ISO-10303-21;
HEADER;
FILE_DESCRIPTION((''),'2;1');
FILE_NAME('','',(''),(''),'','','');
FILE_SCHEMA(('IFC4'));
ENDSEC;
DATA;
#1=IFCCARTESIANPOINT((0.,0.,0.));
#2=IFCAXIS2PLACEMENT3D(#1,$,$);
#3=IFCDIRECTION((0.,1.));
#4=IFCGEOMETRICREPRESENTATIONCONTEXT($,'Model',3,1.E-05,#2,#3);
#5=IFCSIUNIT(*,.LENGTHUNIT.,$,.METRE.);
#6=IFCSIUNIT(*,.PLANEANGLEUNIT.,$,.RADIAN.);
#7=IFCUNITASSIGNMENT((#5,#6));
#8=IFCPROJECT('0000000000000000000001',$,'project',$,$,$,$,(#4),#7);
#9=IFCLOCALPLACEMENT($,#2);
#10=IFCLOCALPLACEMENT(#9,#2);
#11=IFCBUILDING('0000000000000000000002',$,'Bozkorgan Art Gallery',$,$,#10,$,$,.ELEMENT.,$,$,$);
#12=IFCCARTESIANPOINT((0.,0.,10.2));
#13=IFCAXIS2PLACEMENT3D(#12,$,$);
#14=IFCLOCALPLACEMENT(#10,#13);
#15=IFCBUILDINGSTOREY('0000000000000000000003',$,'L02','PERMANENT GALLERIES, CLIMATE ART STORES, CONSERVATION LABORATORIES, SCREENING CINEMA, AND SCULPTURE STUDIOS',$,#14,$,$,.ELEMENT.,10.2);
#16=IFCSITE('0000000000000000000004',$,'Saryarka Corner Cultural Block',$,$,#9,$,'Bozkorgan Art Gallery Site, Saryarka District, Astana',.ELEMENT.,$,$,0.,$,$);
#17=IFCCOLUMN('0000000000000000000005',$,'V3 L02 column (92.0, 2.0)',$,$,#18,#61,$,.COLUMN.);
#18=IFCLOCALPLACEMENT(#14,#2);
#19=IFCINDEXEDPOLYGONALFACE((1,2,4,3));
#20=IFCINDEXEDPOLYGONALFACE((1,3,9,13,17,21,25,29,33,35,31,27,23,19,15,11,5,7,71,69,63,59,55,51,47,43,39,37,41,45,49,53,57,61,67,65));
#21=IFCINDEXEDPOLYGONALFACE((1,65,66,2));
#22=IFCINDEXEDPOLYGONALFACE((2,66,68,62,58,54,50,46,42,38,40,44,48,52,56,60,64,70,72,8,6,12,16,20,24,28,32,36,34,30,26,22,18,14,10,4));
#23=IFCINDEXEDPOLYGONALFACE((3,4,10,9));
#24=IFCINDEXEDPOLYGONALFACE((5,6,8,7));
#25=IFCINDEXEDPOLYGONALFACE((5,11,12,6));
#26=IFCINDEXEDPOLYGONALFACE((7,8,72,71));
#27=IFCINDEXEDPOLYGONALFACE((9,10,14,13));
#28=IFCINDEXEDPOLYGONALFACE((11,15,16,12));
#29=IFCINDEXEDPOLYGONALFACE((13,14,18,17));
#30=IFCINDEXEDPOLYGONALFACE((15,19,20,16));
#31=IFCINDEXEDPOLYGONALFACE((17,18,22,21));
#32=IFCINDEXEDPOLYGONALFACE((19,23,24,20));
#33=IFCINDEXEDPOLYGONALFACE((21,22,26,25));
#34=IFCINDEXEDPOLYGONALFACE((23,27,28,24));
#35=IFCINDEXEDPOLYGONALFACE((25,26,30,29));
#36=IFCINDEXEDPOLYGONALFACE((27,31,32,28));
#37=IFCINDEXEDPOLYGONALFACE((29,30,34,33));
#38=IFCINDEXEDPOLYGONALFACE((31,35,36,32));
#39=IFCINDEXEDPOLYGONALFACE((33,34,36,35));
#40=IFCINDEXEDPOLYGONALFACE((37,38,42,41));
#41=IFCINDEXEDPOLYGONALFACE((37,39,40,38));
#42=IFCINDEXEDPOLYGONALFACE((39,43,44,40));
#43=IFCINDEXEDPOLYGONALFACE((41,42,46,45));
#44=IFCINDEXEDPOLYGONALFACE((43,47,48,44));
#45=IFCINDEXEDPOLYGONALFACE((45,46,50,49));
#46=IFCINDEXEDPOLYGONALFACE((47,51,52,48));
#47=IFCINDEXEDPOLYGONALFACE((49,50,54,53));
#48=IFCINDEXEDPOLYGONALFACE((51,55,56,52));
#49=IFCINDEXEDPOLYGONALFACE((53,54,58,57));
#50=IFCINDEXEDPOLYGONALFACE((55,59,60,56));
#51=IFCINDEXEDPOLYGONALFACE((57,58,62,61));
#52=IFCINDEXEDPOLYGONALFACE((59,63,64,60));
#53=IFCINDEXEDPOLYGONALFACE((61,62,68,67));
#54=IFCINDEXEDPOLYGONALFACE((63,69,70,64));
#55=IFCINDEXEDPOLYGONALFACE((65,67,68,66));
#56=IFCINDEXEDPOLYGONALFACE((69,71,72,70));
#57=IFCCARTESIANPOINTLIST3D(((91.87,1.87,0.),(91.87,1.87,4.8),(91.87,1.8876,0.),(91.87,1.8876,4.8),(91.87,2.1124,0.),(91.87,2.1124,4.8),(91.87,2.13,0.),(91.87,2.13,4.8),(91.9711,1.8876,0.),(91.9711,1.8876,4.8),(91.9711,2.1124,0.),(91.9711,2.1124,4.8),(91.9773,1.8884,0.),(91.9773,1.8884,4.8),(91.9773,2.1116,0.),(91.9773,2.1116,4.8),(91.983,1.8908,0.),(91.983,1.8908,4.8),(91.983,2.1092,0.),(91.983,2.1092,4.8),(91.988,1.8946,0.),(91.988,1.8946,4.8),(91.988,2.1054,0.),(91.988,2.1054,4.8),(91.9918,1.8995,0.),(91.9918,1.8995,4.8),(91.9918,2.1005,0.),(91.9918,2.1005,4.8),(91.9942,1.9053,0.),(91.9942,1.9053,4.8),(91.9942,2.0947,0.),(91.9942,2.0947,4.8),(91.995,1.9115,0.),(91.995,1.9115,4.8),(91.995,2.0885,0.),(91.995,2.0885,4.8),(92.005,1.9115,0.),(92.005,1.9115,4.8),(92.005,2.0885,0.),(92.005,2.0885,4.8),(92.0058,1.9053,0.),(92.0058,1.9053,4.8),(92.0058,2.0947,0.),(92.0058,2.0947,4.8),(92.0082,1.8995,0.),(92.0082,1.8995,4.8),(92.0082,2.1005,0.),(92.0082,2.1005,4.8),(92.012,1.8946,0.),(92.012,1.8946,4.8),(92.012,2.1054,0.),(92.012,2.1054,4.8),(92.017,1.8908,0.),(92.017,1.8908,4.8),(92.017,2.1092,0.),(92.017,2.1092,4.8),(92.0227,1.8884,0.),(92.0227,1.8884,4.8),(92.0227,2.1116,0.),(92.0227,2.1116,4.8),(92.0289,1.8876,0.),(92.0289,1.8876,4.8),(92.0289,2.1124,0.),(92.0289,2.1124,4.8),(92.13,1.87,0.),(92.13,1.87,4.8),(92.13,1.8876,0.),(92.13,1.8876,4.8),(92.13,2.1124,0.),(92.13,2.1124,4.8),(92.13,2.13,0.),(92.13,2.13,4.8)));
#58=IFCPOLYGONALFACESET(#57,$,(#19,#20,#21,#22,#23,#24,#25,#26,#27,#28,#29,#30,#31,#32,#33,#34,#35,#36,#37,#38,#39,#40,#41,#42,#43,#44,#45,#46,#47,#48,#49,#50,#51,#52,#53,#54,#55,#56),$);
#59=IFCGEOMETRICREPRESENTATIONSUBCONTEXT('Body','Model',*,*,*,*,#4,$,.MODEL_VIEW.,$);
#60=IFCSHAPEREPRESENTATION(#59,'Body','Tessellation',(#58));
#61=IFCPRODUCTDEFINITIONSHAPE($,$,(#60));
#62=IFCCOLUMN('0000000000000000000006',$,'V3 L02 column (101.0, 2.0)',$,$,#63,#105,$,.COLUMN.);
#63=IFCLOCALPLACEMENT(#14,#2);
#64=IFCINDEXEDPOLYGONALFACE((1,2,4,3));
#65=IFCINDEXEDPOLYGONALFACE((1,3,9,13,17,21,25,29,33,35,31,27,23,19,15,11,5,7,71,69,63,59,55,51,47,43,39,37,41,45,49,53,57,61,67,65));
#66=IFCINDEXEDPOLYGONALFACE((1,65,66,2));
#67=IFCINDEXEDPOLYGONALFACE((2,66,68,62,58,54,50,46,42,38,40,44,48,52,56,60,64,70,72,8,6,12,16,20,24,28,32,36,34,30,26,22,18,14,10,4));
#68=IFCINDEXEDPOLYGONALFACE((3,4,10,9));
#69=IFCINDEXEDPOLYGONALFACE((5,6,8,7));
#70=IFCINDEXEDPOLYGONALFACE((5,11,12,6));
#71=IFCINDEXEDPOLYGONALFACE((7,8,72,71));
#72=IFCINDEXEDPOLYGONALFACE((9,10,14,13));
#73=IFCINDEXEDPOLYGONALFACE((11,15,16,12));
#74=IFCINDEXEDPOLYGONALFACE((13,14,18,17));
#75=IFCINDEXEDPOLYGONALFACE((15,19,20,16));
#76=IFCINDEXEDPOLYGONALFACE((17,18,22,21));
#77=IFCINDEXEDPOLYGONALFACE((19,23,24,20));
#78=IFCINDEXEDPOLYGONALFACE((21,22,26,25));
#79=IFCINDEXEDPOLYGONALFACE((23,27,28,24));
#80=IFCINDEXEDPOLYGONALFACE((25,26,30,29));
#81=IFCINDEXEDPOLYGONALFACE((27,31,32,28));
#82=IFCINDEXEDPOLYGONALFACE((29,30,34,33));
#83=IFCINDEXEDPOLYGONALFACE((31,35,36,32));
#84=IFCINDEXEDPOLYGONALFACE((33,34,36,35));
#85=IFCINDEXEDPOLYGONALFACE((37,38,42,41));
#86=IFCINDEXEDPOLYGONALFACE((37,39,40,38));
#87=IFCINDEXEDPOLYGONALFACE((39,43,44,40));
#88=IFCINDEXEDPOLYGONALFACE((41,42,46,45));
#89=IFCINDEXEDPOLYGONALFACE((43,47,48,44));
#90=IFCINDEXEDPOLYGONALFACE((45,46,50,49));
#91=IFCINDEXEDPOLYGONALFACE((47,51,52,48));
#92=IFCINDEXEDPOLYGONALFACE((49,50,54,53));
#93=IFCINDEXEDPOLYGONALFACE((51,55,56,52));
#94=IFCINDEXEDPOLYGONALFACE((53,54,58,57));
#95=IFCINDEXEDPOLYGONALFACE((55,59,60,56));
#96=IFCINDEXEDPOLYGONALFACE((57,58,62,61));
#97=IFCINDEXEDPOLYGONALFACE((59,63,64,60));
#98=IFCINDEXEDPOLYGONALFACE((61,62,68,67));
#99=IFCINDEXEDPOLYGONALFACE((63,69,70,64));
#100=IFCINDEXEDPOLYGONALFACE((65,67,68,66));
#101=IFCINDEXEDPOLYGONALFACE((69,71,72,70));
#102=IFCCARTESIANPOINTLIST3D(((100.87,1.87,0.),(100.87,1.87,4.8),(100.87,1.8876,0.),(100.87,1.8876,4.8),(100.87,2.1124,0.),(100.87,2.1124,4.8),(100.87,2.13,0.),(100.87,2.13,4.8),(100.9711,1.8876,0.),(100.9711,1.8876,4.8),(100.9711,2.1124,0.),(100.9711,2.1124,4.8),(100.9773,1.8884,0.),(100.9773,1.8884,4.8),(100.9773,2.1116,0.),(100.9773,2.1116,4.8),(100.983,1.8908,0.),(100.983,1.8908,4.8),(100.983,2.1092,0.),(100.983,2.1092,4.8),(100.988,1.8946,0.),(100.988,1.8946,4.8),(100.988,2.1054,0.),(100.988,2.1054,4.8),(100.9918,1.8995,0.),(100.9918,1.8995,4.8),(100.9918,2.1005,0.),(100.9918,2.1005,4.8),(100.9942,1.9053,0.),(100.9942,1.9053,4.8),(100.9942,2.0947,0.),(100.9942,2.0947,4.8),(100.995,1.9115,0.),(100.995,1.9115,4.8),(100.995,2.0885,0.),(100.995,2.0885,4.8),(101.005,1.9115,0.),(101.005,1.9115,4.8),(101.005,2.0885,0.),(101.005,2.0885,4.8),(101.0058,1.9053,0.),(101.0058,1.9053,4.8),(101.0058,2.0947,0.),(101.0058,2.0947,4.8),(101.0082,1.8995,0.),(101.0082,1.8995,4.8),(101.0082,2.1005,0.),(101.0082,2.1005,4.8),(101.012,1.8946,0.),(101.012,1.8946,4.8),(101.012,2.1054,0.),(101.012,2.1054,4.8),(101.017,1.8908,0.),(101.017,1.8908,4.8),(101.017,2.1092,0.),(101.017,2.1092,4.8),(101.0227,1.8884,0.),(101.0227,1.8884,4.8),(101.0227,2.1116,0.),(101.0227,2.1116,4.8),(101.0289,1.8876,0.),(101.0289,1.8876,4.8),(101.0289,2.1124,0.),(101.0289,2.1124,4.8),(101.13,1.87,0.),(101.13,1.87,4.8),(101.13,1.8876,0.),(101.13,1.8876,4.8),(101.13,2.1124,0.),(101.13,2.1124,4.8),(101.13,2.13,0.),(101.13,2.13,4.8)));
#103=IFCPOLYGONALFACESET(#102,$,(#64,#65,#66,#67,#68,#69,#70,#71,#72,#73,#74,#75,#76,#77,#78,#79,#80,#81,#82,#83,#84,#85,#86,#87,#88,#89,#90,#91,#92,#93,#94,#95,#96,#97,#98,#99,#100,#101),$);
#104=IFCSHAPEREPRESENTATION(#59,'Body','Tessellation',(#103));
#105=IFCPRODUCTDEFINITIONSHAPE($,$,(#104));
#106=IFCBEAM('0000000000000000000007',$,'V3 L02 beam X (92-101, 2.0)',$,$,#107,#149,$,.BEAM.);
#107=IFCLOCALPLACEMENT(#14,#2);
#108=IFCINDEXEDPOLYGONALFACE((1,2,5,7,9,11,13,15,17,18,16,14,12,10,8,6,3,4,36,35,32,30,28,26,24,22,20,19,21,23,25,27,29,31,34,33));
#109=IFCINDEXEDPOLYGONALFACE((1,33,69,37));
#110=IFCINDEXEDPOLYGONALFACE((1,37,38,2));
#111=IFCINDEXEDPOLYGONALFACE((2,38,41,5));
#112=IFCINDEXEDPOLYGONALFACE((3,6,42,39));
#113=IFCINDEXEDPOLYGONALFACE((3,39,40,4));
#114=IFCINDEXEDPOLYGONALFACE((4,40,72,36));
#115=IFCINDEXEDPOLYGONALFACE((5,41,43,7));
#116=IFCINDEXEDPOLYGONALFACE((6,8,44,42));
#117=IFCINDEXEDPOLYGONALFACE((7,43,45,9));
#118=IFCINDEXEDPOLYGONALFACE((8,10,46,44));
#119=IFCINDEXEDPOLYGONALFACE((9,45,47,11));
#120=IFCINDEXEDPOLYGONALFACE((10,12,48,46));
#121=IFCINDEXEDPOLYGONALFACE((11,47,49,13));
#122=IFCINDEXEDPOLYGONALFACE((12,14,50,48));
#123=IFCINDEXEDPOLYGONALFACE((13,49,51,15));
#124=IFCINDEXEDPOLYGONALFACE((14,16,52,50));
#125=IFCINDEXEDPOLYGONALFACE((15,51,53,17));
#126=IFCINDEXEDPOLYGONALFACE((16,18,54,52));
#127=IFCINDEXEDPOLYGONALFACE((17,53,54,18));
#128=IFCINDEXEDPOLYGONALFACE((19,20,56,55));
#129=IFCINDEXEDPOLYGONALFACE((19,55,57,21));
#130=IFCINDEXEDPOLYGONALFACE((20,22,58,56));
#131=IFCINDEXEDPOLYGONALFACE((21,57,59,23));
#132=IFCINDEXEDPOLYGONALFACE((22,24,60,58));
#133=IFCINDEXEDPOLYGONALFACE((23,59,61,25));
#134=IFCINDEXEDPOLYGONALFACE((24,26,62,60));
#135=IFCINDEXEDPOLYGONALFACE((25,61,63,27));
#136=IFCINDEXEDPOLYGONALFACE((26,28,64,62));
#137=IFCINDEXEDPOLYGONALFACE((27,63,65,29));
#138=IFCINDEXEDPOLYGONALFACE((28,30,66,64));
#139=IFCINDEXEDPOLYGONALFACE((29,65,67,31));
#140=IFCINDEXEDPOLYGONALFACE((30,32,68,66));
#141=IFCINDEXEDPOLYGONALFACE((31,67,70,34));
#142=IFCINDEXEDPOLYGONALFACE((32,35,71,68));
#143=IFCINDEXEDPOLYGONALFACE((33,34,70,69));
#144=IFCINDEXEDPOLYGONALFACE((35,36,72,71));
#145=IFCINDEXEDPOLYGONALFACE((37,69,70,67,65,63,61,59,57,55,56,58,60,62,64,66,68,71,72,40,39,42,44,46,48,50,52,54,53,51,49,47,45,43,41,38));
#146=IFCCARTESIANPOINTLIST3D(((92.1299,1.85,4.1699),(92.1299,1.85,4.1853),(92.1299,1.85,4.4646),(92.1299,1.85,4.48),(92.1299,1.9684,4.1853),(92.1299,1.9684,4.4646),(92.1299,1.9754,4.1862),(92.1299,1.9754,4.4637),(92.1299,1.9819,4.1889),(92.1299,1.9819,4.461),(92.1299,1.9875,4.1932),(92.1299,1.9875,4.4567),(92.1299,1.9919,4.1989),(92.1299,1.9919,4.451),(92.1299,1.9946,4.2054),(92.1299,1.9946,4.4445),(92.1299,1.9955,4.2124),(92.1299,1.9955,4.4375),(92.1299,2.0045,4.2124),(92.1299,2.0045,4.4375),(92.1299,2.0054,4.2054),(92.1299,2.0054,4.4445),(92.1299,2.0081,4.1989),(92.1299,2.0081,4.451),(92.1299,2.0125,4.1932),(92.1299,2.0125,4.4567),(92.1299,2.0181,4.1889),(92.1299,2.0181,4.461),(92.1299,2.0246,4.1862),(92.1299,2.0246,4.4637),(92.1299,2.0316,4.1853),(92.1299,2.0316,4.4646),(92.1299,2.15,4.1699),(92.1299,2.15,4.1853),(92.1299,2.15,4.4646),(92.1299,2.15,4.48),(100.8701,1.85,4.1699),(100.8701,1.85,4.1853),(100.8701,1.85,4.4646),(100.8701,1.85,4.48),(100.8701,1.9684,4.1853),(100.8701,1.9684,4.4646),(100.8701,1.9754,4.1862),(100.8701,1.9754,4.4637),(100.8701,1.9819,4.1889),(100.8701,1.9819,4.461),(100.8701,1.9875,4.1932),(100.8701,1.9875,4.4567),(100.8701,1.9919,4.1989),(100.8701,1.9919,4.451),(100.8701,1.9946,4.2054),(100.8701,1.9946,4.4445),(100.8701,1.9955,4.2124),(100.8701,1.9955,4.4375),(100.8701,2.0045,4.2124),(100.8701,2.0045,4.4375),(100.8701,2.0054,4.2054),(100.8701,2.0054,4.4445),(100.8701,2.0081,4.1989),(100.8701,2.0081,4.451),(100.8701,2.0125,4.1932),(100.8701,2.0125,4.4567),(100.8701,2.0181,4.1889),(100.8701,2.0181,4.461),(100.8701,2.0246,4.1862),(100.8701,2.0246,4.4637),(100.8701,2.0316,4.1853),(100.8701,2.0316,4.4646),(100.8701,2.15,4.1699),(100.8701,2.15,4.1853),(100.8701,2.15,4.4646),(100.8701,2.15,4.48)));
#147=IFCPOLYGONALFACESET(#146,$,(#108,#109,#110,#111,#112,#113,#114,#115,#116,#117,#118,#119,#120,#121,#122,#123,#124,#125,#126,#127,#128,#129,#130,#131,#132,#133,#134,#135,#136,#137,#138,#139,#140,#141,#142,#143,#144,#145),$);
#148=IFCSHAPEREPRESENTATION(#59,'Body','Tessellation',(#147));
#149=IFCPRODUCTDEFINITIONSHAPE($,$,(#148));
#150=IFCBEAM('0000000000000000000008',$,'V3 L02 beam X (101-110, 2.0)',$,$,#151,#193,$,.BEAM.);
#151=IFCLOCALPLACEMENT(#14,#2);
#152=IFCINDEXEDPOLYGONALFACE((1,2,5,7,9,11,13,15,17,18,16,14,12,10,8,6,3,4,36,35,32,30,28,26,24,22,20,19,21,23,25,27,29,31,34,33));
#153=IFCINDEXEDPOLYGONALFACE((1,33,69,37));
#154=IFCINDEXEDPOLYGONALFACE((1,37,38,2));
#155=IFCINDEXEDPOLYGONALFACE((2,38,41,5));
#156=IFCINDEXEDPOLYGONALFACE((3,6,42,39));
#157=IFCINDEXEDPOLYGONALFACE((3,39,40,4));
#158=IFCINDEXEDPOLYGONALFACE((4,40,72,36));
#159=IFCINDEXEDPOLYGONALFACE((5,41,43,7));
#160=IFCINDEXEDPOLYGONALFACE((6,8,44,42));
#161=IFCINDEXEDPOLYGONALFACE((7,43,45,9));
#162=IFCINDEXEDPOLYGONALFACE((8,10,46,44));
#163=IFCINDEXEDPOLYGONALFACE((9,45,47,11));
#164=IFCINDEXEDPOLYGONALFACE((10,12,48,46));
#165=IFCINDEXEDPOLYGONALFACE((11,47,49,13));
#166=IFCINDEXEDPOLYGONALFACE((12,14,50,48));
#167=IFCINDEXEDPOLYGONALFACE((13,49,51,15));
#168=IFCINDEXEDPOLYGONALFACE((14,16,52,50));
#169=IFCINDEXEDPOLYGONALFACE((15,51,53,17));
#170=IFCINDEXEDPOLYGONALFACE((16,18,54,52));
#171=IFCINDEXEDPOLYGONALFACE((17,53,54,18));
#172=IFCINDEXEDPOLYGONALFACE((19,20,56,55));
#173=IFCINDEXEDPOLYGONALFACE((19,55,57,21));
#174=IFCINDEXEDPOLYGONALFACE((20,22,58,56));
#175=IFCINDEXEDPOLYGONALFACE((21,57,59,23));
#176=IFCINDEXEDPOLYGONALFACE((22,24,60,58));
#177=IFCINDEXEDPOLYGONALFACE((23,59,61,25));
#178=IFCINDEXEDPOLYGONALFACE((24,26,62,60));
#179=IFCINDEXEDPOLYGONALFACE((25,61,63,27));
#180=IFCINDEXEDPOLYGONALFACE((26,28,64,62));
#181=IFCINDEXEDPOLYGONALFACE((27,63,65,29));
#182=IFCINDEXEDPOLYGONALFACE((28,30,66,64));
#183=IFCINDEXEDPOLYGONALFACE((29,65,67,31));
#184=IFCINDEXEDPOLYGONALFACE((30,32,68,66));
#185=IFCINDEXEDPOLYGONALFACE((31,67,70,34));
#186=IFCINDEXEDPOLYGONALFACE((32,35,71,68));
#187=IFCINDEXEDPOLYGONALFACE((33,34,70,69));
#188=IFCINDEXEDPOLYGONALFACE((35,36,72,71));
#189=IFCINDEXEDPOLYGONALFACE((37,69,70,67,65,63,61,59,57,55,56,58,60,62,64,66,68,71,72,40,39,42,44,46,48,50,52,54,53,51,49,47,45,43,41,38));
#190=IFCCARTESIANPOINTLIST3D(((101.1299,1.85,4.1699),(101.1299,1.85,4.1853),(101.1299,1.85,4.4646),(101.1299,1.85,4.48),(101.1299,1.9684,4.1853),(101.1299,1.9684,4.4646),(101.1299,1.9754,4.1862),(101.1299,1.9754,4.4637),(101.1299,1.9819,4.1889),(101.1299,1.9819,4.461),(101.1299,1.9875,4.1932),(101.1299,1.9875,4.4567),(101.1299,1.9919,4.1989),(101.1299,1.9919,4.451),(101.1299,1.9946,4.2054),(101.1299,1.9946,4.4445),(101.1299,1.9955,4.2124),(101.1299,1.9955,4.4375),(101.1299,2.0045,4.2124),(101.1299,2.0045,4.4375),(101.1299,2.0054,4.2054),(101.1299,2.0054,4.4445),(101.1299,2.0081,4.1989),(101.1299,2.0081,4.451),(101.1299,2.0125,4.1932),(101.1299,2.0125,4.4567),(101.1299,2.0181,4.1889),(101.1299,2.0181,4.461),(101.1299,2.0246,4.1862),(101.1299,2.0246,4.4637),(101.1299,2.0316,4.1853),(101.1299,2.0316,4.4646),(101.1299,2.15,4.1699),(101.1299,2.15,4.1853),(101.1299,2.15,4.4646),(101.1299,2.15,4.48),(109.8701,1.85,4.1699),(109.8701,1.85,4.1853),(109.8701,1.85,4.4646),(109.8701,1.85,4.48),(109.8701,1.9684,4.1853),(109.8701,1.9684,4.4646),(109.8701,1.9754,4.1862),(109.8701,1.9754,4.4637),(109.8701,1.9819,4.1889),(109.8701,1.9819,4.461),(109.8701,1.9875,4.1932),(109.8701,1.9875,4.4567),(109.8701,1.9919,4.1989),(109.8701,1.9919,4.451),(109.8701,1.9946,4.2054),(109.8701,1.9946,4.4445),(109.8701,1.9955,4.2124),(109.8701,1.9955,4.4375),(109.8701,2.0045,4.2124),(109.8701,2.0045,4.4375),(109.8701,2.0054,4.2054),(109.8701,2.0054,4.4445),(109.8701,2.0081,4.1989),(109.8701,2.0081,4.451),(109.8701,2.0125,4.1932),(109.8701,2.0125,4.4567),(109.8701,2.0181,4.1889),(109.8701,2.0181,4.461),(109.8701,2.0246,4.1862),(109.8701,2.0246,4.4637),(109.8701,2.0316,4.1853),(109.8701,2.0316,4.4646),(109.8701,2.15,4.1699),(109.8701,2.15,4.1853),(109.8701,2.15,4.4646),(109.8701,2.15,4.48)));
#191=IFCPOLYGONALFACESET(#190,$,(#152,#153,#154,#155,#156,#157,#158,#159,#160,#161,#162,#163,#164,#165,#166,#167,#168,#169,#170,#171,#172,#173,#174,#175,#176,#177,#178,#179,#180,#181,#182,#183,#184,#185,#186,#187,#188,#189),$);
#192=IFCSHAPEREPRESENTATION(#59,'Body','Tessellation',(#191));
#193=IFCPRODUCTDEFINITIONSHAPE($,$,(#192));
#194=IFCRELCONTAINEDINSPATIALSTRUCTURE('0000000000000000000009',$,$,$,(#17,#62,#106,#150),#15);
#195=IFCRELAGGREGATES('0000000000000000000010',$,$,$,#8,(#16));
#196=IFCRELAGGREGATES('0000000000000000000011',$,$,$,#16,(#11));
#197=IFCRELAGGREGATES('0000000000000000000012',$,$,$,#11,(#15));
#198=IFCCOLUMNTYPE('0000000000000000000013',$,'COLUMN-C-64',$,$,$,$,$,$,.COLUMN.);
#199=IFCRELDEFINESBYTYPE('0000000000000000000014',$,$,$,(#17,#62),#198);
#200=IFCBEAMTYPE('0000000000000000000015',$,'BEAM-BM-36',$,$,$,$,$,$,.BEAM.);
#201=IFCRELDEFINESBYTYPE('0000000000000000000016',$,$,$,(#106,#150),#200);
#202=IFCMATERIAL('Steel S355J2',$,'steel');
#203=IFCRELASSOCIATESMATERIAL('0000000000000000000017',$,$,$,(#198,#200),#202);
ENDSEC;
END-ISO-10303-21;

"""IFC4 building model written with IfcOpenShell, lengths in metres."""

from ifc_helpers import new_model, si_unit, direction, frame, origin, origin_2d, place, context, subcontext, project, spatial, i_section, extrude, material, material_profile, profile_set, type_object, element, save


model = new_model("IFC4")

# Units and contexts
model_context = context("Model", 3, precision=1e-05, world=origin(), true_north=direction((0.0, 1.0)))
body_context = subcontext(model_context, "Body", "Model", "MODEL_VIEW")
ifc_project = project(units=[si_unit("LENGTHUNIT", "METRE"), si_unit("PLANEANGLEUNIT", "RADIAN")], contexts=[model_context])

# Site, building, storey
site_placement = place(None, origin())
site = spatial("IfcSite", under=ifc_project, at=site_placement, Name="Saryarka Corner Cultural Block", LongName="Bozkorgan Art Gallery Site, Saryarka District, Astana", CompositionType="ELEMENT", RefElevation=0.0)
building_placement = place(site_placement, origin())
building = spatial("IfcBuilding", under=site, at=building_placement, Name="Bozkorgan Art Gallery", CompositionType="ELEMENT")
storey_placement = place(building_placement, frame((0.0, 0.0, 10.2)))
storey = spatial("IfcBuildingStorey", under=building, at=storey_placement, Name="L02", Description="PERMANENT GALLERIES, CLIMATE ART STORES, CONSERVATION LABORATORIES, SCREENING CINEMA, AND SCULPTURE STUDIOS", CompositionType="ELEMENT", Elevation=10.2)

# Columns
ifc_material_1 = material(Name="Steel S355J2", Category="steel")
ifc_material_profile_1 = material_profile(ifc_material_1, i_section(OverallWidth=0.26, OverallDepth=0.26, WebThickness=0.01, FlangeThickness=0.0176, FilletRadius=0.0239, at=origin_2d()), Name="HEB 260")
ifc_profile_set_1 = profile_set([ifc_material_profile_1], Name="Steel S355J2")
column_type = type_object("IfcColumnType", Name="COLUMN-C-64", PredefinedType="COLUMN", material=ifc_profile_set_1)
for number, where, z_axis, x_axis, name in (
    (1, (92.0, 2.0, 0.0), (0.0, 0.0, 1.0), (1.0, 0.0, 0.0), "V3 L02 column (92.0, 2.0)"),
    (2, (101.0, 2.0, 0.0), (0.0, 0.0, 1.0), (1.0, 0.0, 0.0), "V3 L02 column (101.0, 2.0)"),
):
    element("IfcColumn", number, at=place(storey_placement, frame(where, z_axis=z_axis, x_axis=x_axis)), inside=storey, type_object=column_type, Name=name, PredefinedType="COLUMN", context=body_context, shape_type="SweptSolid", body=[
        extrude(i_section(OverallWidth=0.26, OverallDepth=0.26, WebThickness=0.01, FlangeThickness=0.0176, FilletRadius=0.0239, at=origin_2d()), origin(), (0.0, 0.0, 1.0), 4.8),
    ])

# Beams
ifc_material_profile_2 = material_profile(ifc_material_1, i_section(OverallWidth=0.3, OverallDepth=0.3101, WebThickness=0.009, FlangeThickness=0.0154, FilletRadius=0.0271, at=origin_2d()), Name="HEA 320")
ifc_profile_set_2 = profile_set([ifc_material_profile_2], Name="Steel S355J2")
beam_type = type_object("IfcBeamType", Name="BEAM-BM-36", PredefinedType="BEAM", material=ifc_profile_set_2)
for number, where, z_axis, x_axis, name in (
    (3, (92.1299, 2.0, 4.325), (1.0, 0.0, 0.0), (0.0, 1.0, 0.0), "V3 L02 beam X (92-101, 2.0)"),
    (4, (101.1299, 2.0, 4.325), (1.0, 0.0, 0.0), (0.0, 1.0, 0.0), "V3 L02 beam X (101-110, 2.0)"),
):
    element("IfcBeam", number, at=place(storey_placement, frame(where, z_axis=z_axis, x_axis=x_axis)), inside=storey, type_object=beam_type, Name=name, PredefinedType="BEAM", context=body_context, shape_type="SweptSolid", body=[
        extrude(i_section(OverallWidth=0.3, OverallDepth=0.3101, WebThickness=0.009, FlangeThickness=0.0154, FilletRadius=0.0271, at=origin_2d()), origin(), (0.0, 0.0, 1.0), 8.7402),
    ])

save(model, "model.ifc")
